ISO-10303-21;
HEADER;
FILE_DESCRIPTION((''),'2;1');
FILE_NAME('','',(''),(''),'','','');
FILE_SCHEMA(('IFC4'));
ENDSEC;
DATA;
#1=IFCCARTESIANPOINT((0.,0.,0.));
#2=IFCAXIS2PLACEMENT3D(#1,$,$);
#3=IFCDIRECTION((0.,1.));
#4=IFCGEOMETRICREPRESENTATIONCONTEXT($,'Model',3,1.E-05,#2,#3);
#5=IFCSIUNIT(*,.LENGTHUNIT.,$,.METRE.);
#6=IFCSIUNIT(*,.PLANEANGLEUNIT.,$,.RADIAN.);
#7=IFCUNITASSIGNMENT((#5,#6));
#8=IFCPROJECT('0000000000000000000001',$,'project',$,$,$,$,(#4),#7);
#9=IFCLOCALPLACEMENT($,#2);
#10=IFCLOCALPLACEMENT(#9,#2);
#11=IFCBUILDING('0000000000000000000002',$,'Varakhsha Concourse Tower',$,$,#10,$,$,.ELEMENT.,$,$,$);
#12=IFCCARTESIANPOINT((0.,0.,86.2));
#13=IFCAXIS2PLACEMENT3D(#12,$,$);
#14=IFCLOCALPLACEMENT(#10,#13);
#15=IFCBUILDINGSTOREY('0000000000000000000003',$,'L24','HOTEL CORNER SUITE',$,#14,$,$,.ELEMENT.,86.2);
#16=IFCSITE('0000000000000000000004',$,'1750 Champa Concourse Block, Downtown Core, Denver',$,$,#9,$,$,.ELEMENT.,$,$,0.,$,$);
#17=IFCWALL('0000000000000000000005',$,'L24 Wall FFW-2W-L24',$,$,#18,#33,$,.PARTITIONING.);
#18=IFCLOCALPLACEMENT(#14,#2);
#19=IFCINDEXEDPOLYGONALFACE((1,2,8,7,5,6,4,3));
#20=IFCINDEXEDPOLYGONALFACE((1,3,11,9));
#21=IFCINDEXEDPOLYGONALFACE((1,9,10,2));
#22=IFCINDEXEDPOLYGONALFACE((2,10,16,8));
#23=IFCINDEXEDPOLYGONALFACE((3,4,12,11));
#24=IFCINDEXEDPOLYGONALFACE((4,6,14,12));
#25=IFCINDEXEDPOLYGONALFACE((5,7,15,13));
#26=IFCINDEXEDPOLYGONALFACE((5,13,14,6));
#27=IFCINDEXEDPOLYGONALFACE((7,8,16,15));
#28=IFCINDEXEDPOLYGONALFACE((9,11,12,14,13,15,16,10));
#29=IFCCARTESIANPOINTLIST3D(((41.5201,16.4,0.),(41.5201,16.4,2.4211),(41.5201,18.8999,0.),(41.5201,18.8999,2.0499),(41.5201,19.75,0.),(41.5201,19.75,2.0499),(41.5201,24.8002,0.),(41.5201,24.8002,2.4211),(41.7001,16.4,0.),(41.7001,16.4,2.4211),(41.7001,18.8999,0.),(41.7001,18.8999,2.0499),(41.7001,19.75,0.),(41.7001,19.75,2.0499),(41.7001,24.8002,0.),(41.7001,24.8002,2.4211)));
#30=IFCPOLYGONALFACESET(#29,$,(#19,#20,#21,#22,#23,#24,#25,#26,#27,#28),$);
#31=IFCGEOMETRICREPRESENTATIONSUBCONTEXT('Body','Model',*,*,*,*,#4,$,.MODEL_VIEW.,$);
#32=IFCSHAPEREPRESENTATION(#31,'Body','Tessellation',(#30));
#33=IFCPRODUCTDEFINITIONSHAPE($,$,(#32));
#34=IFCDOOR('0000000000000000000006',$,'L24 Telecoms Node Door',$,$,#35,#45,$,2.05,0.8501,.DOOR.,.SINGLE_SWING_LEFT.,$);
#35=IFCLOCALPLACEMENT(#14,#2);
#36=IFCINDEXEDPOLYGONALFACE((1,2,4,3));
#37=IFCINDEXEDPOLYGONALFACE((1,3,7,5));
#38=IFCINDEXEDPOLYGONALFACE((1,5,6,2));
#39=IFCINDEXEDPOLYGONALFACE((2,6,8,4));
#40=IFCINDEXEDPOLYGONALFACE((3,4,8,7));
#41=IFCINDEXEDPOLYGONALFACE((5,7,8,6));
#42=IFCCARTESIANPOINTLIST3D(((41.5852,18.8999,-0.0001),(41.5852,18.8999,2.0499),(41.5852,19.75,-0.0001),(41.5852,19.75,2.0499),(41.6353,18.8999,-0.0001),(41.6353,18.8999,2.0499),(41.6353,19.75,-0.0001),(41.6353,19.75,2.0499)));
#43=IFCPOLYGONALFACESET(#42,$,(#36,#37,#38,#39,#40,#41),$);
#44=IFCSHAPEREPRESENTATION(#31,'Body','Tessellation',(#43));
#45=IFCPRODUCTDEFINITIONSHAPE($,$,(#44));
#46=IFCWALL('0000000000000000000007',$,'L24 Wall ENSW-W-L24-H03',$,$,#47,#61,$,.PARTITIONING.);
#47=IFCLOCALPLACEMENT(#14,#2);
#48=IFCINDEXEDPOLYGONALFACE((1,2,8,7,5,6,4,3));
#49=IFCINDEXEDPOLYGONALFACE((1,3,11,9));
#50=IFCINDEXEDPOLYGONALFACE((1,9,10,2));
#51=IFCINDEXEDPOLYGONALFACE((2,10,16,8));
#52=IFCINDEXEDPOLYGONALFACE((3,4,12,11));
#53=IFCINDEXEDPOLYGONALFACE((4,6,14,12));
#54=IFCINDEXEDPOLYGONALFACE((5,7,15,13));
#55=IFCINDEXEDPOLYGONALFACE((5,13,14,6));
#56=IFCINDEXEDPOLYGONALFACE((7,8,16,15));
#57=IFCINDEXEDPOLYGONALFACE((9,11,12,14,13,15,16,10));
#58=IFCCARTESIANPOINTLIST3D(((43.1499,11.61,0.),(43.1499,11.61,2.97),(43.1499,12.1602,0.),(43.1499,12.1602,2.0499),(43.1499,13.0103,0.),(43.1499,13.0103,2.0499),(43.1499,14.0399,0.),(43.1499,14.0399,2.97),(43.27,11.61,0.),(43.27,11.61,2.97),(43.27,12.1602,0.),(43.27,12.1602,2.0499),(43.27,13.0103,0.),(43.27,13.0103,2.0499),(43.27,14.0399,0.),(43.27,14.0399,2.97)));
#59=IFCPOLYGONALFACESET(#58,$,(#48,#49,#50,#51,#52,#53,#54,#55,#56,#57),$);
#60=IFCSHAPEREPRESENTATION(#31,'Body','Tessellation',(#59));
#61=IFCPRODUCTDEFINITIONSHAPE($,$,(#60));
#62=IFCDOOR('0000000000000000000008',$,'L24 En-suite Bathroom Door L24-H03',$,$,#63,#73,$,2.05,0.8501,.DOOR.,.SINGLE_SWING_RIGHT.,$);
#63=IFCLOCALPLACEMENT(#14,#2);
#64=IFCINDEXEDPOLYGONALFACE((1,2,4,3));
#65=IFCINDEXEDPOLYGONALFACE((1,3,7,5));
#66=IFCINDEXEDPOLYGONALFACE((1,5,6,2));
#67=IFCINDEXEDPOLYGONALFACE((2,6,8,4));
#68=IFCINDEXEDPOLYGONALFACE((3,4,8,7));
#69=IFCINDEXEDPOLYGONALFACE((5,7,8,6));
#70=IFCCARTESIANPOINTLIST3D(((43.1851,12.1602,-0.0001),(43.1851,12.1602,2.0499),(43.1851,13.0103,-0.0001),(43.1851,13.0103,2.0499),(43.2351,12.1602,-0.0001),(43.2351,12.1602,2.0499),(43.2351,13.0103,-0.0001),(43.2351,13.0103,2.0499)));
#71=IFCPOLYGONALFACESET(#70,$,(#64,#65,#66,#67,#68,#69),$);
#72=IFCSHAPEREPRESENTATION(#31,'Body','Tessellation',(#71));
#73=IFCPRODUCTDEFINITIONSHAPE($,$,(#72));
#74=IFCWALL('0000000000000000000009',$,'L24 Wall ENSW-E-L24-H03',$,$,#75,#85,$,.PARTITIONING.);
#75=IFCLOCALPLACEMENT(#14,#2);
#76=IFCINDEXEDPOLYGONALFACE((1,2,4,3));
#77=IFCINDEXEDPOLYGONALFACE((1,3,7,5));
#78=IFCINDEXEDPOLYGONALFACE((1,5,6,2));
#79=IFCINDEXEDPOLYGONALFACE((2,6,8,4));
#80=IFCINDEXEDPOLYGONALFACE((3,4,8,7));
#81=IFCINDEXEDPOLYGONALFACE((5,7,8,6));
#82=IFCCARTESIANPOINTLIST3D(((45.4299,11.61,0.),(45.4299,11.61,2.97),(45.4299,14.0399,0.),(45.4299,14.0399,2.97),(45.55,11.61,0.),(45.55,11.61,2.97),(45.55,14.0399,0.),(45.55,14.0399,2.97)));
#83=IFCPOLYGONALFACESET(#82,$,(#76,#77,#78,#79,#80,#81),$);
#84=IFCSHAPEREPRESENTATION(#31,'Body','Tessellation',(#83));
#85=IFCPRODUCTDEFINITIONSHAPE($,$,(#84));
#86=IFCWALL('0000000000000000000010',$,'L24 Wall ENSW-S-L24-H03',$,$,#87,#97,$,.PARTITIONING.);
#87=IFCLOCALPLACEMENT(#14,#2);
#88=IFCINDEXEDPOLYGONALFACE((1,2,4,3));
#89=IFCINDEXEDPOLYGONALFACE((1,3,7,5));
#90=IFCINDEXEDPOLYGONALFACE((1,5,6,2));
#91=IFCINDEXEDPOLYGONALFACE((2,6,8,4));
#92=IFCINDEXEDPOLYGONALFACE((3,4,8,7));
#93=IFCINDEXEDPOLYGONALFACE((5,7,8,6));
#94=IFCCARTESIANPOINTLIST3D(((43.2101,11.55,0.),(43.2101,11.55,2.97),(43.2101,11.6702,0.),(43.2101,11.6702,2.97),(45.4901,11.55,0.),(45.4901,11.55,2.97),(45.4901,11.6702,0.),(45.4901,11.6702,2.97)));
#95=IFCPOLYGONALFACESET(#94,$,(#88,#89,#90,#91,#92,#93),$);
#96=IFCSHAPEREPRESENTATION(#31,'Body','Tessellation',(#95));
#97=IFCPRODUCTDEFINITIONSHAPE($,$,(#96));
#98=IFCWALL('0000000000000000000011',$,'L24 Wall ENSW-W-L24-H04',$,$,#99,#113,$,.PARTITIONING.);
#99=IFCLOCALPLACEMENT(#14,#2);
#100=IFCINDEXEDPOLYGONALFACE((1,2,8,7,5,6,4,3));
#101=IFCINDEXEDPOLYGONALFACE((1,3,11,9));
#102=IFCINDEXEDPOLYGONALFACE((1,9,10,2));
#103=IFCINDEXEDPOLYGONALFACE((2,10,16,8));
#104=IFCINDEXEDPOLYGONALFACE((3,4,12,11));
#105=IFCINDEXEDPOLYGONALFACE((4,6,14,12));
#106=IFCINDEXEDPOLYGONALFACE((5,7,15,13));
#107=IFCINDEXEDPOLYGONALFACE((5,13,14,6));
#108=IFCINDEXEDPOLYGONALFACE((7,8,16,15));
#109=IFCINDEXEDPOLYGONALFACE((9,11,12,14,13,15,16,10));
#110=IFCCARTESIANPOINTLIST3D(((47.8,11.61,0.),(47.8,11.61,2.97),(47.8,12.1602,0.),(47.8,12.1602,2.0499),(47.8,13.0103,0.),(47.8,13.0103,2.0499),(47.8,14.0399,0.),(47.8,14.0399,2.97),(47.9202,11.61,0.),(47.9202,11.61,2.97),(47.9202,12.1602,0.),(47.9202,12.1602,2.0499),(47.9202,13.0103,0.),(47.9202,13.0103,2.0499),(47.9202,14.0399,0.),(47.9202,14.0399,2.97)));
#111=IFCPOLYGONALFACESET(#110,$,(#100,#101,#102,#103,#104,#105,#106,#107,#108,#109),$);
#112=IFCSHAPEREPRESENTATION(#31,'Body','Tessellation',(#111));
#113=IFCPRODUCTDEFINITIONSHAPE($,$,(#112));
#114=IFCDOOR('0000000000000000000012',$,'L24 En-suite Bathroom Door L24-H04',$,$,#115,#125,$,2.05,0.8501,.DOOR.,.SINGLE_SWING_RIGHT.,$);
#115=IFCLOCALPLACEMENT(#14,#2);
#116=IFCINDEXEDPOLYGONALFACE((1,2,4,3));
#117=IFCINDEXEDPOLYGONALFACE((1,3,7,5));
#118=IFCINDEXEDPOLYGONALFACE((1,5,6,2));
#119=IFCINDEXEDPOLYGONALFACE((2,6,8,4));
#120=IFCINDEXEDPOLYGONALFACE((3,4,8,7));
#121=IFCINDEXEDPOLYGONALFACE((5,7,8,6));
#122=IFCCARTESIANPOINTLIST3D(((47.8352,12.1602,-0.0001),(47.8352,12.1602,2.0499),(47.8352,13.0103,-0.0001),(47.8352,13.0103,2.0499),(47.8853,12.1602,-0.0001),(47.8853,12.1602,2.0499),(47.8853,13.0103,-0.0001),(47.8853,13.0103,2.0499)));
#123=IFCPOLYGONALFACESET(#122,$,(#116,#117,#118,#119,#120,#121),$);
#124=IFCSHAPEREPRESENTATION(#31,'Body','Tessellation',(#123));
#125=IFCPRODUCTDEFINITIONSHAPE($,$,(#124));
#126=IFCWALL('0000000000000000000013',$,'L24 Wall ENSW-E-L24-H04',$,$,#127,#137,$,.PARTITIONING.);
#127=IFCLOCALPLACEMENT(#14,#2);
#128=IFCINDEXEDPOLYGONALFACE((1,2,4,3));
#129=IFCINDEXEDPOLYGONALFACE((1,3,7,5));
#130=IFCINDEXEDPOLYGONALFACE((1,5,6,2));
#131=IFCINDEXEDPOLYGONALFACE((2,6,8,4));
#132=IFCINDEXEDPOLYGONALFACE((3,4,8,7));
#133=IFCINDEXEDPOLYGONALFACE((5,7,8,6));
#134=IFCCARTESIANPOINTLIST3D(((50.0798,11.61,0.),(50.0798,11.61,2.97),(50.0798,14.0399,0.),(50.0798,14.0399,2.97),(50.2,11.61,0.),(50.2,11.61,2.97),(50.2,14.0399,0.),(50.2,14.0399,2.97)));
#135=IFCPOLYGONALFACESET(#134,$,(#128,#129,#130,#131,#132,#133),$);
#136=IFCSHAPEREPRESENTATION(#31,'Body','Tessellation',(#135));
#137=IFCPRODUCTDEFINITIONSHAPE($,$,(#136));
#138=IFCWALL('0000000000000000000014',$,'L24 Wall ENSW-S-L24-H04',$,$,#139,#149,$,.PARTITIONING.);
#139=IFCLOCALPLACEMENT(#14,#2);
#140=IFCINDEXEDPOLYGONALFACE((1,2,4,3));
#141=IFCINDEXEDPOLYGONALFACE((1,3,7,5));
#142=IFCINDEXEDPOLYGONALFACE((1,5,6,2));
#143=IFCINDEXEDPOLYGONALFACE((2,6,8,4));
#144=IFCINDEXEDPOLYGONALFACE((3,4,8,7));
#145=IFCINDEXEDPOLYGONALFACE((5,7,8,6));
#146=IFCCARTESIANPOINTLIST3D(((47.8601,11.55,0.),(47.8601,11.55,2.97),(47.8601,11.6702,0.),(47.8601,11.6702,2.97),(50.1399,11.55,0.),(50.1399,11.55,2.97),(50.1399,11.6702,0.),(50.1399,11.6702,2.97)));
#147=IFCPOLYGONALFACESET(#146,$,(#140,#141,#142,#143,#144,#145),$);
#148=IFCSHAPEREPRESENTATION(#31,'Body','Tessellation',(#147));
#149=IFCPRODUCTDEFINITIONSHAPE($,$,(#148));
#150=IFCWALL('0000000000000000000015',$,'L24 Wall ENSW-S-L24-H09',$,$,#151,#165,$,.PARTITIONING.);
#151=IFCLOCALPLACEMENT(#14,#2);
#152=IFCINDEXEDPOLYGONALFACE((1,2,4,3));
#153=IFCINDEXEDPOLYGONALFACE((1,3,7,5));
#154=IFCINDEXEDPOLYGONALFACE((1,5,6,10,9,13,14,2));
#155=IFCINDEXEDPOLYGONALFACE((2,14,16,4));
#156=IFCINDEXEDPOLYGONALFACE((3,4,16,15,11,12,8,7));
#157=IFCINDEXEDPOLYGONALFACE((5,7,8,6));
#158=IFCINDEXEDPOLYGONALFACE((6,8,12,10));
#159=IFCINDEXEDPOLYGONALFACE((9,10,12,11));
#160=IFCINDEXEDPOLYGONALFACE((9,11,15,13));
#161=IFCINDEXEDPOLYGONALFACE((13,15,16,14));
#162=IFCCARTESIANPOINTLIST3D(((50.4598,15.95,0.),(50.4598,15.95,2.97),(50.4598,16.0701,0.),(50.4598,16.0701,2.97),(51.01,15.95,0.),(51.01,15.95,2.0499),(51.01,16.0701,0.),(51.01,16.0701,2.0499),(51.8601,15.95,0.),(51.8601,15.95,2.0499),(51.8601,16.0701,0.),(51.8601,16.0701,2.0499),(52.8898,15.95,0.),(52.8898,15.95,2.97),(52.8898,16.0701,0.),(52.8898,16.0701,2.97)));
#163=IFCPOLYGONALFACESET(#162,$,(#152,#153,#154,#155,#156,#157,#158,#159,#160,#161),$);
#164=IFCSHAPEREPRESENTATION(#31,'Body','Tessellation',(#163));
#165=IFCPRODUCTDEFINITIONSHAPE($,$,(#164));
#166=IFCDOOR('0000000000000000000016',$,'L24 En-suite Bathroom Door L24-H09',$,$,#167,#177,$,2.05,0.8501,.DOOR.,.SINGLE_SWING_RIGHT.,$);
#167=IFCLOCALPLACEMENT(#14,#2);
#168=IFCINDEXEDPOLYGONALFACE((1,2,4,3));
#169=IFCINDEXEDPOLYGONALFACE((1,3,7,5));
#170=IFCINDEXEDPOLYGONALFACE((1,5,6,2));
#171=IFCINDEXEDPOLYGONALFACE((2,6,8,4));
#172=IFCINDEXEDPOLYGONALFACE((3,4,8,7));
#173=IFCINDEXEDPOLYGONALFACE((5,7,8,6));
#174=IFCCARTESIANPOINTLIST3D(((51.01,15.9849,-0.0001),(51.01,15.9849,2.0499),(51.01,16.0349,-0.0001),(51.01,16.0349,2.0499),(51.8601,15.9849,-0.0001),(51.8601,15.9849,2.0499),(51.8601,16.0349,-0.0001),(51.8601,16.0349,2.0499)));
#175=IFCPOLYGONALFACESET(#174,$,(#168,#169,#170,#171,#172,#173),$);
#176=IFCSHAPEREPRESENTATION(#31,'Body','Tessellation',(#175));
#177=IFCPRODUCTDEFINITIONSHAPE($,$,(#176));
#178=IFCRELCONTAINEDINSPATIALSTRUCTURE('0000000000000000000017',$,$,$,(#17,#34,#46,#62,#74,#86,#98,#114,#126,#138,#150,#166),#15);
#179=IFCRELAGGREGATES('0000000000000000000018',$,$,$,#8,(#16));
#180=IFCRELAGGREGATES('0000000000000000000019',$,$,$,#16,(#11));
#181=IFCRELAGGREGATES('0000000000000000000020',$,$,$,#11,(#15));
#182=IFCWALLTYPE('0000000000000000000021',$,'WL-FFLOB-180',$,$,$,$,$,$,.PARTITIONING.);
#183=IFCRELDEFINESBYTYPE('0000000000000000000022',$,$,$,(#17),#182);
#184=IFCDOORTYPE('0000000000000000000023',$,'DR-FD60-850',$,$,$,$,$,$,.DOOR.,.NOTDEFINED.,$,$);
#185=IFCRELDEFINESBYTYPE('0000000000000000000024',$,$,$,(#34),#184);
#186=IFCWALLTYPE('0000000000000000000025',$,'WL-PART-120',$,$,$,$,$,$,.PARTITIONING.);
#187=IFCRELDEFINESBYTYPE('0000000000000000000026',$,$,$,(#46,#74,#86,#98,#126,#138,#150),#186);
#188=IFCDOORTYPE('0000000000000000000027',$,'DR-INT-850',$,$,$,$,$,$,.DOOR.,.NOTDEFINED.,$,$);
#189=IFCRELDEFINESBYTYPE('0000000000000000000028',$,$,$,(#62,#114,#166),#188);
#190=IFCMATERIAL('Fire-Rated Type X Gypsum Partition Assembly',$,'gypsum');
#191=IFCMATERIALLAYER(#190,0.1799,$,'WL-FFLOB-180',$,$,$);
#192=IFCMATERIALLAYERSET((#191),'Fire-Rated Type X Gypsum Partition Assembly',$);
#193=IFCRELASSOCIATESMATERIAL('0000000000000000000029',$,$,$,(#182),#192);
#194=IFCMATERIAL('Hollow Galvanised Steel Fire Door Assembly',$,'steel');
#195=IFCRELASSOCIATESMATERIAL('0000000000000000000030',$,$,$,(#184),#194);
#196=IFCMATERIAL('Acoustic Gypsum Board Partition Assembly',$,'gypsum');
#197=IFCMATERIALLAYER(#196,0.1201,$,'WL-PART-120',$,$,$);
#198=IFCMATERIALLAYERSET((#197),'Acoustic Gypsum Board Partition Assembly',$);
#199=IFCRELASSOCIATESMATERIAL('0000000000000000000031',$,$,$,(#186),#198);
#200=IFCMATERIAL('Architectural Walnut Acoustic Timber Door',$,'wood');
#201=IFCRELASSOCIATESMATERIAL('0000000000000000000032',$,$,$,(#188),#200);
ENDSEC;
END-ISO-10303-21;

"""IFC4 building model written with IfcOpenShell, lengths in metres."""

from ifc_helpers import new_model, si_unit, direction, frame, frame_2d, origin, place, context, subcontext, project, spatial, rectangle, extrude, material, layer, layer_set, type_object, element, fill, save


model = new_model("IFC4")

# Units and contexts
model_context = context("Model", 3, precision=1e-05, world=origin(), true_north=direction((0.0, 1.0)))
body_context = subcontext(model_context, "Body", "Model", "MODEL_VIEW")
ifc_project = project(units=[si_unit("LENGTHUNIT", "METRE"), si_unit("PLANEANGLEUNIT", "RADIAN")], contexts=[model_context])

# Site, building, storey
site_placement = place(None, origin())
site = spatial("IfcSite", under=ifc_project, at=site_placement, Name="1750 Champa Concourse Block, Downtown Core, Denver", CompositionType="ELEMENT", RefElevation=0.0)
building_placement = place(site_placement, origin())
building = spatial("IfcBuilding", under=site, at=building_placement, Name="Varakhsha Concourse Tower", CompositionType="ELEMENT")
storey_placement = place(building_placement, frame((0.0, 0.0, 86.2)))
storey = spatial("IfcBuildingStorey", under=building, at=storey_placement, Name="L24", Description="HOTEL CORNER SUITE", CompositionType="ELEMENT", Elevation=86.2)

# Walls, openings, doors
ifc_material_1 = material(Name="Fire-Rated Type X Gypsum Partition Assembly", Category="gypsum")
ifc_layer_1 = layer(ifc_material_1, 0.1799, Name="WL-FFLOB-180")
ifc_layer_set_1 = layer_set([ifc_layer_1], Name="Fire-Rated Type X Gypsum Partition Assembly")
wall_type_1 = type_object("IfcWallType", Name="WL-FFLOB-180", PredefinedType="PARTITIONING", material=ifc_layer_set_1)
wall_1_placement = place(storey_placement, frame((41.6101, 16.3999, 0.0), z_axis=(0.0, 0.0, 1.0), x_axis=(0.0, 1.0, 0.0)))
wall_1 = element("IfcWall", 1, at=wall_1_placement, inside=storey, type_object=wall_type_1, Name="L24 Wall FFW-2W-L24", PredefinedType="PARTITIONING", context=body_context, shape_type="SweptSolid", body=[
    extrude(rectangle(XDim=8.4001, YDim=0.1799, at=frame_2d((4.2002, 0.0))), origin(), (0.0, 0.0, 1.0), 2.4211),
])
opening_1_placement = place(wall_1_placement, frame((2.5, 0.0, 0.0)))
opening_1 = element("IfcOpeningElement", 2, at=opening_1_placement, cuts=wall_1, PredefinedType="OPENING", context=body_context, shape_type="SweptSolid", body=[
    extrude(rectangle(XDim=0.8501, YDim=2.05, at=frame_2d((0.425, 1.0249))), frame((0.0, 0.0999, 0.0), z_axis=(0.0, -1.0, 0.0), x_axis=(1.0, 0.0, 0.0)), (0.0, 0.0, 1.0), 0.2),
])
ifc_material_2 = material(Name="Hollow Galvanised Steel Fire Door Assembly", Category="steel")
door_type_1 = type_object("IfcDoorType", Name="DR-FD60-850", OperationType="NOTDEFINED", PredefinedType="DOOR", material=ifc_material_2)
door_1_placement = place(opening_1_placement, origin())
door_1 = element("IfcDoor", 3, at=door_1_placement, inside=storey, type_object=door_type_1, Name="L24 Telecoms Node Door", OperationType="SINGLE_SWING_LEFT", OverallHeight=2.05, OverallWidth=0.8501, PredefinedType="DOOR", context=body_context, shape_type="SweptSolid", body=[
    extrude(rectangle(XDim=0.8501, YDim=2.05, at=frame_2d((0.425, 1.0249))), frame((0.0, 0.0249, 0.0), z_axis=(0.0, -1.0, 0.0), x_axis=(1.0, 0.0, 0.0)), (0.0, 0.0, 1.0), 0.05),
])
fill(opening_1, door_1)
ifc_material_3 = material(Name="Acoustic Gypsum Board Partition Assembly", Category="gypsum")
ifc_layer_2 = layer(ifc_material_3, 0.1201, Name="WL-PART-120")
ifc_layer_set_2 = layer_set([ifc_layer_2], Name="Acoustic Gypsum Board Partition Assembly")
wall_type_2 = type_object("IfcWallType", Name="WL-PART-120", PredefinedType="PARTITIONING", material=ifc_layer_set_2)
wall_2_placement = place(storey_placement, frame((43.21, 11.6101, 0.0), z_axis=(0.0, 0.0, 1.0), x_axis=(0.0, 1.0, 0.0)))
wall_2 = element("IfcWall", 4, at=wall_2_placement, inside=storey, type_object=wall_type_2, Name="L24 Wall ENSW-W-L24-H03", PredefinedType="PARTITIONING", context=body_context, shape_type="SweptSolid", body=[
    extrude(rectangle(XDim=2.4299, YDim=0.1201, at=frame_2d((1.2148, 0.0))), origin(), (0.0, 0.0, 1.0), 2.97),
])
opening_2_placement = place(wall_2_placement, frame((0.55, 0.0, 0.0)))
opening_2 = element("IfcOpeningElement", 5, at=opening_2_placement, cuts=wall_2, PredefinedType="OPENING", context=body_context, shape_type="SweptSolid", body=[
    extrude(rectangle(XDim=0.8501, YDim=2.05, at=frame_2d((0.425, 1.0249))), frame((0.0, 0.0701, 0.0), z_axis=(0.0, -1.0, 0.0), x_axis=(1.0, 0.0, 0.0)), (0.0, 0.0, 1.0), 0.1401),
])
ifc_material_4 = material(Name="Architectural Walnut Acoustic Timber Door", Category="wood")
door_type_2 = type_object("IfcDoorType", Name="DR-INT-850", OperationType="NOTDEFINED", PredefinedType="DOOR", material=ifc_material_4)
door_2_placement = place(opening_2_placement, origin())
door_2 = element("IfcDoor", 6, at=door_2_placement, inside=storey, type_object=door_type_2, Name="L24 En-suite Bathroom Door L24-H03", OperationType="SINGLE_SWING_RIGHT", OverallHeight=2.05, OverallWidth=0.8501, PredefinedType="DOOR", context=body_context, shape_type="SweptSolid", body=[
    extrude(rectangle(XDim=0.8501, YDim=2.05, at=frame_2d((0.425, 1.0249))), frame((0.0, 0.0249, 0.0), z_axis=(0.0, -1.0, 0.0), x_axis=(1.0, 0.0, 0.0)), (0.0, 0.0, 1.0), 0.05),
])
fill(opening_2, door_2)

# Walls
wall_3_placement = place(storey_placement, frame((45.49, 11.6101, 0.0), z_axis=(0.0, 0.0, 1.0), x_axis=(0.0, 1.0, 0.0)))
element("IfcWall", 7, at=wall_3_placement, inside=storey, type_object=wall_type_2, Name="L24 Wall ENSW-E-L24-H03", PredefinedType="PARTITIONING", context=body_context, shape_type="SweptSolid", body=[
    extrude(rectangle(XDim=2.4299, YDim=0.1201, at=frame_2d((1.2148, 0.0))), origin(), (0.0, 0.0, 1.0), 2.97),
])
wall_4_placement = place(storey_placement, frame((43.21, 11.6101, 0.0), z_axis=(0.0, 0.0, 1.0), x_axis=(1.0, 0.0, 0.0)))
element("IfcWall", 8, at=wall_4_placement, inside=storey, type_object=wall_type_2, Name="L24 Wall ENSW-S-L24-H03", PredefinedType="PARTITIONING", context=body_context, shape_type="SweptSolid", body=[
    extrude(rectangle(XDim=2.28, YDim=0.1201, at=frame_2d((1.1401, 0.0))), origin(), (0.0, 0.0, 1.0), 2.97),
])

# Wall, opening, door
wall_5_placement = place(storey_placement, frame((47.8601, 11.6101, 0.0), z_axis=(0.0, 0.0, 1.0), x_axis=(0.0, 1.0, 0.0)))
wall_5 = element("IfcWall", 9, at=wall_5_placement, inside=storey, type_object=wall_type_2, Name="L24 Wall ENSW-W-L24-H04", PredefinedType="PARTITIONING", context=body_context, shape_type="SweptSolid", body=[
    extrude(rectangle(XDim=2.4299, YDim=0.1201, at=frame_2d((1.2148, 0.0))), origin(), (0.0, 0.0, 1.0), 2.97),
])
opening_3_placement = place(wall_5_placement, frame((0.55, 0.0, 0.0)))
opening_3 = element("IfcOpeningElement", 10, at=opening_3_placement, cuts=wall_5, PredefinedType="OPENING", context=body_context, shape_type="SweptSolid", body=[
    extrude(rectangle(XDim=0.8501, YDim=2.05, at=frame_2d((0.425, 1.0249))), frame((0.0, 0.0701, 0.0), z_axis=(0.0, -1.0, 0.0), x_axis=(1.0, 0.0, 0.0)), (0.0, 0.0, 1.0), 0.1401),
])
door_3_placement = place(opening_3_placement, origin())
door_3 = element("IfcDoor", 11, at=door_3_placement, inside=storey, type_object=door_type_2, Name="L24 En-suite Bathroom Door L24-H04", OperationType="SINGLE_SWING_RIGHT", OverallHeight=2.05, OverallWidth=0.8501, PredefinedType="DOOR", context=body_context, shape_type="SweptSolid", body=[
    extrude(rectangle(XDim=0.8501, YDim=2.05, at=frame_2d((0.425, 1.0249))), frame((0.0, 0.0249, 0.0), z_axis=(0.0, -1.0, 0.0), x_axis=(1.0, 0.0, 0.0)), (0.0, 0.0, 1.0), 0.05),
])
fill(opening_3, door_3)

# Walls
wall_6_placement = place(storey_placement, frame((50.1399, 11.6101, 0.0), z_axis=(0.0, 0.0, 1.0), x_axis=(0.0, 1.0, 0.0)))
element("IfcWall", 12, at=wall_6_placement, inside=storey, type_object=wall_type_2, Name="L24 Wall ENSW-E-L24-H04", PredefinedType="PARTITIONING", context=body_context, shape_type="SweptSolid", body=[
    extrude(rectangle(XDim=2.4299, YDim=0.1201, at=frame_2d((1.2148, 0.0))), origin(), (0.0, 0.0, 1.0), 2.97),
])
wall_7_placement = place(storey_placement, frame((47.8601, 11.6101, 0.0), z_axis=(0.0, 0.0, 1.0), x_axis=(1.0, 0.0, 0.0)))
element("IfcWall", 13, at=wall_7_placement, inside=storey, type_object=wall_type_2, Name="L24 Wall ENSW-S-L24-H04", PredefinedType="PARTITIONING", context=body_context, shape_type="SweptSolid", body=[
    extrude(rectangle(XDim=2.2798, YDim=0.1201, at=frame_2d((1.1399, 0.0))), origin(), (0.0, 0.0, 1.0), 2.97),
])

# Wall, opening, door
wall_8_placement = place(storey_placement, frame((50.46, 16.01, 0.0), z_axis=(0.0, 0.0, 1.0), x_axis=(1.0, 0.0, 0.0)))
wall_8 = element("IfcWall", 14, at=wall_8_placement, inside=storey, type_object=wall_type_2, Name="L24 Wall ENSW-S-L24-H09", PredefinedType="PARTITIONING", context=body_context, shape_type="SweptSolid", body=[
    extrude(rectangle(XDim=2.4299, YDim=0.1201, at=frame_2d((1.2148, 0.0))), origin(), (0.0, 0.0, 1.0), 2.97),
])
opening_4_placement = place(wall_8_placement, frame((0.55, 0.0, 0.0)))
opening_4 = element("IfcOpeningElement", 15, at=opening_4_placement, cuts=wall_8, PredefinedType="OPENING", context=body_context, shape_type="SweptSolid", body=[
    extrude(rectangle(XDim=0.8501, YDim=2.05, at=frame_2d((0.425, 1.0249))), frame((0.0, 0.0701, 0.0), z_axis=(0.0, -1.0, 0.0), x_axis=(1.0, 0.0, 0.0)), (0.0, 0.0, 1.0), 0.1401),
])
door_4_placement = place(opening_4_placement, origin())
door_4 = element("IfcDoor", 16, at=door_4_placement, inside=storey, type_object=door_type_2, Name="L24 En-suite Bathroom Door L24-H09", OperationType="SINGLE_SWING_RIGHT", OverallHeight=2.05, OverallWidth=0.8501, PredefinedType="DOOR", context=body_context, shape_type="SweptSolid", body=[
    extrude(rectangle(XDim=0.8501, YDim=2.05, at=frame_2d((0.425, 1.0249))), frame((0.0, 0.0249, 0.0), z_axis=(0.0, -1.0, 0.0), x_axis=(1.0, 0.0, 0.0)), (0.0, 0.0, 1.0), 0.05),
])
fill(opening_4, door_4)

save(model, "model.ifc")
